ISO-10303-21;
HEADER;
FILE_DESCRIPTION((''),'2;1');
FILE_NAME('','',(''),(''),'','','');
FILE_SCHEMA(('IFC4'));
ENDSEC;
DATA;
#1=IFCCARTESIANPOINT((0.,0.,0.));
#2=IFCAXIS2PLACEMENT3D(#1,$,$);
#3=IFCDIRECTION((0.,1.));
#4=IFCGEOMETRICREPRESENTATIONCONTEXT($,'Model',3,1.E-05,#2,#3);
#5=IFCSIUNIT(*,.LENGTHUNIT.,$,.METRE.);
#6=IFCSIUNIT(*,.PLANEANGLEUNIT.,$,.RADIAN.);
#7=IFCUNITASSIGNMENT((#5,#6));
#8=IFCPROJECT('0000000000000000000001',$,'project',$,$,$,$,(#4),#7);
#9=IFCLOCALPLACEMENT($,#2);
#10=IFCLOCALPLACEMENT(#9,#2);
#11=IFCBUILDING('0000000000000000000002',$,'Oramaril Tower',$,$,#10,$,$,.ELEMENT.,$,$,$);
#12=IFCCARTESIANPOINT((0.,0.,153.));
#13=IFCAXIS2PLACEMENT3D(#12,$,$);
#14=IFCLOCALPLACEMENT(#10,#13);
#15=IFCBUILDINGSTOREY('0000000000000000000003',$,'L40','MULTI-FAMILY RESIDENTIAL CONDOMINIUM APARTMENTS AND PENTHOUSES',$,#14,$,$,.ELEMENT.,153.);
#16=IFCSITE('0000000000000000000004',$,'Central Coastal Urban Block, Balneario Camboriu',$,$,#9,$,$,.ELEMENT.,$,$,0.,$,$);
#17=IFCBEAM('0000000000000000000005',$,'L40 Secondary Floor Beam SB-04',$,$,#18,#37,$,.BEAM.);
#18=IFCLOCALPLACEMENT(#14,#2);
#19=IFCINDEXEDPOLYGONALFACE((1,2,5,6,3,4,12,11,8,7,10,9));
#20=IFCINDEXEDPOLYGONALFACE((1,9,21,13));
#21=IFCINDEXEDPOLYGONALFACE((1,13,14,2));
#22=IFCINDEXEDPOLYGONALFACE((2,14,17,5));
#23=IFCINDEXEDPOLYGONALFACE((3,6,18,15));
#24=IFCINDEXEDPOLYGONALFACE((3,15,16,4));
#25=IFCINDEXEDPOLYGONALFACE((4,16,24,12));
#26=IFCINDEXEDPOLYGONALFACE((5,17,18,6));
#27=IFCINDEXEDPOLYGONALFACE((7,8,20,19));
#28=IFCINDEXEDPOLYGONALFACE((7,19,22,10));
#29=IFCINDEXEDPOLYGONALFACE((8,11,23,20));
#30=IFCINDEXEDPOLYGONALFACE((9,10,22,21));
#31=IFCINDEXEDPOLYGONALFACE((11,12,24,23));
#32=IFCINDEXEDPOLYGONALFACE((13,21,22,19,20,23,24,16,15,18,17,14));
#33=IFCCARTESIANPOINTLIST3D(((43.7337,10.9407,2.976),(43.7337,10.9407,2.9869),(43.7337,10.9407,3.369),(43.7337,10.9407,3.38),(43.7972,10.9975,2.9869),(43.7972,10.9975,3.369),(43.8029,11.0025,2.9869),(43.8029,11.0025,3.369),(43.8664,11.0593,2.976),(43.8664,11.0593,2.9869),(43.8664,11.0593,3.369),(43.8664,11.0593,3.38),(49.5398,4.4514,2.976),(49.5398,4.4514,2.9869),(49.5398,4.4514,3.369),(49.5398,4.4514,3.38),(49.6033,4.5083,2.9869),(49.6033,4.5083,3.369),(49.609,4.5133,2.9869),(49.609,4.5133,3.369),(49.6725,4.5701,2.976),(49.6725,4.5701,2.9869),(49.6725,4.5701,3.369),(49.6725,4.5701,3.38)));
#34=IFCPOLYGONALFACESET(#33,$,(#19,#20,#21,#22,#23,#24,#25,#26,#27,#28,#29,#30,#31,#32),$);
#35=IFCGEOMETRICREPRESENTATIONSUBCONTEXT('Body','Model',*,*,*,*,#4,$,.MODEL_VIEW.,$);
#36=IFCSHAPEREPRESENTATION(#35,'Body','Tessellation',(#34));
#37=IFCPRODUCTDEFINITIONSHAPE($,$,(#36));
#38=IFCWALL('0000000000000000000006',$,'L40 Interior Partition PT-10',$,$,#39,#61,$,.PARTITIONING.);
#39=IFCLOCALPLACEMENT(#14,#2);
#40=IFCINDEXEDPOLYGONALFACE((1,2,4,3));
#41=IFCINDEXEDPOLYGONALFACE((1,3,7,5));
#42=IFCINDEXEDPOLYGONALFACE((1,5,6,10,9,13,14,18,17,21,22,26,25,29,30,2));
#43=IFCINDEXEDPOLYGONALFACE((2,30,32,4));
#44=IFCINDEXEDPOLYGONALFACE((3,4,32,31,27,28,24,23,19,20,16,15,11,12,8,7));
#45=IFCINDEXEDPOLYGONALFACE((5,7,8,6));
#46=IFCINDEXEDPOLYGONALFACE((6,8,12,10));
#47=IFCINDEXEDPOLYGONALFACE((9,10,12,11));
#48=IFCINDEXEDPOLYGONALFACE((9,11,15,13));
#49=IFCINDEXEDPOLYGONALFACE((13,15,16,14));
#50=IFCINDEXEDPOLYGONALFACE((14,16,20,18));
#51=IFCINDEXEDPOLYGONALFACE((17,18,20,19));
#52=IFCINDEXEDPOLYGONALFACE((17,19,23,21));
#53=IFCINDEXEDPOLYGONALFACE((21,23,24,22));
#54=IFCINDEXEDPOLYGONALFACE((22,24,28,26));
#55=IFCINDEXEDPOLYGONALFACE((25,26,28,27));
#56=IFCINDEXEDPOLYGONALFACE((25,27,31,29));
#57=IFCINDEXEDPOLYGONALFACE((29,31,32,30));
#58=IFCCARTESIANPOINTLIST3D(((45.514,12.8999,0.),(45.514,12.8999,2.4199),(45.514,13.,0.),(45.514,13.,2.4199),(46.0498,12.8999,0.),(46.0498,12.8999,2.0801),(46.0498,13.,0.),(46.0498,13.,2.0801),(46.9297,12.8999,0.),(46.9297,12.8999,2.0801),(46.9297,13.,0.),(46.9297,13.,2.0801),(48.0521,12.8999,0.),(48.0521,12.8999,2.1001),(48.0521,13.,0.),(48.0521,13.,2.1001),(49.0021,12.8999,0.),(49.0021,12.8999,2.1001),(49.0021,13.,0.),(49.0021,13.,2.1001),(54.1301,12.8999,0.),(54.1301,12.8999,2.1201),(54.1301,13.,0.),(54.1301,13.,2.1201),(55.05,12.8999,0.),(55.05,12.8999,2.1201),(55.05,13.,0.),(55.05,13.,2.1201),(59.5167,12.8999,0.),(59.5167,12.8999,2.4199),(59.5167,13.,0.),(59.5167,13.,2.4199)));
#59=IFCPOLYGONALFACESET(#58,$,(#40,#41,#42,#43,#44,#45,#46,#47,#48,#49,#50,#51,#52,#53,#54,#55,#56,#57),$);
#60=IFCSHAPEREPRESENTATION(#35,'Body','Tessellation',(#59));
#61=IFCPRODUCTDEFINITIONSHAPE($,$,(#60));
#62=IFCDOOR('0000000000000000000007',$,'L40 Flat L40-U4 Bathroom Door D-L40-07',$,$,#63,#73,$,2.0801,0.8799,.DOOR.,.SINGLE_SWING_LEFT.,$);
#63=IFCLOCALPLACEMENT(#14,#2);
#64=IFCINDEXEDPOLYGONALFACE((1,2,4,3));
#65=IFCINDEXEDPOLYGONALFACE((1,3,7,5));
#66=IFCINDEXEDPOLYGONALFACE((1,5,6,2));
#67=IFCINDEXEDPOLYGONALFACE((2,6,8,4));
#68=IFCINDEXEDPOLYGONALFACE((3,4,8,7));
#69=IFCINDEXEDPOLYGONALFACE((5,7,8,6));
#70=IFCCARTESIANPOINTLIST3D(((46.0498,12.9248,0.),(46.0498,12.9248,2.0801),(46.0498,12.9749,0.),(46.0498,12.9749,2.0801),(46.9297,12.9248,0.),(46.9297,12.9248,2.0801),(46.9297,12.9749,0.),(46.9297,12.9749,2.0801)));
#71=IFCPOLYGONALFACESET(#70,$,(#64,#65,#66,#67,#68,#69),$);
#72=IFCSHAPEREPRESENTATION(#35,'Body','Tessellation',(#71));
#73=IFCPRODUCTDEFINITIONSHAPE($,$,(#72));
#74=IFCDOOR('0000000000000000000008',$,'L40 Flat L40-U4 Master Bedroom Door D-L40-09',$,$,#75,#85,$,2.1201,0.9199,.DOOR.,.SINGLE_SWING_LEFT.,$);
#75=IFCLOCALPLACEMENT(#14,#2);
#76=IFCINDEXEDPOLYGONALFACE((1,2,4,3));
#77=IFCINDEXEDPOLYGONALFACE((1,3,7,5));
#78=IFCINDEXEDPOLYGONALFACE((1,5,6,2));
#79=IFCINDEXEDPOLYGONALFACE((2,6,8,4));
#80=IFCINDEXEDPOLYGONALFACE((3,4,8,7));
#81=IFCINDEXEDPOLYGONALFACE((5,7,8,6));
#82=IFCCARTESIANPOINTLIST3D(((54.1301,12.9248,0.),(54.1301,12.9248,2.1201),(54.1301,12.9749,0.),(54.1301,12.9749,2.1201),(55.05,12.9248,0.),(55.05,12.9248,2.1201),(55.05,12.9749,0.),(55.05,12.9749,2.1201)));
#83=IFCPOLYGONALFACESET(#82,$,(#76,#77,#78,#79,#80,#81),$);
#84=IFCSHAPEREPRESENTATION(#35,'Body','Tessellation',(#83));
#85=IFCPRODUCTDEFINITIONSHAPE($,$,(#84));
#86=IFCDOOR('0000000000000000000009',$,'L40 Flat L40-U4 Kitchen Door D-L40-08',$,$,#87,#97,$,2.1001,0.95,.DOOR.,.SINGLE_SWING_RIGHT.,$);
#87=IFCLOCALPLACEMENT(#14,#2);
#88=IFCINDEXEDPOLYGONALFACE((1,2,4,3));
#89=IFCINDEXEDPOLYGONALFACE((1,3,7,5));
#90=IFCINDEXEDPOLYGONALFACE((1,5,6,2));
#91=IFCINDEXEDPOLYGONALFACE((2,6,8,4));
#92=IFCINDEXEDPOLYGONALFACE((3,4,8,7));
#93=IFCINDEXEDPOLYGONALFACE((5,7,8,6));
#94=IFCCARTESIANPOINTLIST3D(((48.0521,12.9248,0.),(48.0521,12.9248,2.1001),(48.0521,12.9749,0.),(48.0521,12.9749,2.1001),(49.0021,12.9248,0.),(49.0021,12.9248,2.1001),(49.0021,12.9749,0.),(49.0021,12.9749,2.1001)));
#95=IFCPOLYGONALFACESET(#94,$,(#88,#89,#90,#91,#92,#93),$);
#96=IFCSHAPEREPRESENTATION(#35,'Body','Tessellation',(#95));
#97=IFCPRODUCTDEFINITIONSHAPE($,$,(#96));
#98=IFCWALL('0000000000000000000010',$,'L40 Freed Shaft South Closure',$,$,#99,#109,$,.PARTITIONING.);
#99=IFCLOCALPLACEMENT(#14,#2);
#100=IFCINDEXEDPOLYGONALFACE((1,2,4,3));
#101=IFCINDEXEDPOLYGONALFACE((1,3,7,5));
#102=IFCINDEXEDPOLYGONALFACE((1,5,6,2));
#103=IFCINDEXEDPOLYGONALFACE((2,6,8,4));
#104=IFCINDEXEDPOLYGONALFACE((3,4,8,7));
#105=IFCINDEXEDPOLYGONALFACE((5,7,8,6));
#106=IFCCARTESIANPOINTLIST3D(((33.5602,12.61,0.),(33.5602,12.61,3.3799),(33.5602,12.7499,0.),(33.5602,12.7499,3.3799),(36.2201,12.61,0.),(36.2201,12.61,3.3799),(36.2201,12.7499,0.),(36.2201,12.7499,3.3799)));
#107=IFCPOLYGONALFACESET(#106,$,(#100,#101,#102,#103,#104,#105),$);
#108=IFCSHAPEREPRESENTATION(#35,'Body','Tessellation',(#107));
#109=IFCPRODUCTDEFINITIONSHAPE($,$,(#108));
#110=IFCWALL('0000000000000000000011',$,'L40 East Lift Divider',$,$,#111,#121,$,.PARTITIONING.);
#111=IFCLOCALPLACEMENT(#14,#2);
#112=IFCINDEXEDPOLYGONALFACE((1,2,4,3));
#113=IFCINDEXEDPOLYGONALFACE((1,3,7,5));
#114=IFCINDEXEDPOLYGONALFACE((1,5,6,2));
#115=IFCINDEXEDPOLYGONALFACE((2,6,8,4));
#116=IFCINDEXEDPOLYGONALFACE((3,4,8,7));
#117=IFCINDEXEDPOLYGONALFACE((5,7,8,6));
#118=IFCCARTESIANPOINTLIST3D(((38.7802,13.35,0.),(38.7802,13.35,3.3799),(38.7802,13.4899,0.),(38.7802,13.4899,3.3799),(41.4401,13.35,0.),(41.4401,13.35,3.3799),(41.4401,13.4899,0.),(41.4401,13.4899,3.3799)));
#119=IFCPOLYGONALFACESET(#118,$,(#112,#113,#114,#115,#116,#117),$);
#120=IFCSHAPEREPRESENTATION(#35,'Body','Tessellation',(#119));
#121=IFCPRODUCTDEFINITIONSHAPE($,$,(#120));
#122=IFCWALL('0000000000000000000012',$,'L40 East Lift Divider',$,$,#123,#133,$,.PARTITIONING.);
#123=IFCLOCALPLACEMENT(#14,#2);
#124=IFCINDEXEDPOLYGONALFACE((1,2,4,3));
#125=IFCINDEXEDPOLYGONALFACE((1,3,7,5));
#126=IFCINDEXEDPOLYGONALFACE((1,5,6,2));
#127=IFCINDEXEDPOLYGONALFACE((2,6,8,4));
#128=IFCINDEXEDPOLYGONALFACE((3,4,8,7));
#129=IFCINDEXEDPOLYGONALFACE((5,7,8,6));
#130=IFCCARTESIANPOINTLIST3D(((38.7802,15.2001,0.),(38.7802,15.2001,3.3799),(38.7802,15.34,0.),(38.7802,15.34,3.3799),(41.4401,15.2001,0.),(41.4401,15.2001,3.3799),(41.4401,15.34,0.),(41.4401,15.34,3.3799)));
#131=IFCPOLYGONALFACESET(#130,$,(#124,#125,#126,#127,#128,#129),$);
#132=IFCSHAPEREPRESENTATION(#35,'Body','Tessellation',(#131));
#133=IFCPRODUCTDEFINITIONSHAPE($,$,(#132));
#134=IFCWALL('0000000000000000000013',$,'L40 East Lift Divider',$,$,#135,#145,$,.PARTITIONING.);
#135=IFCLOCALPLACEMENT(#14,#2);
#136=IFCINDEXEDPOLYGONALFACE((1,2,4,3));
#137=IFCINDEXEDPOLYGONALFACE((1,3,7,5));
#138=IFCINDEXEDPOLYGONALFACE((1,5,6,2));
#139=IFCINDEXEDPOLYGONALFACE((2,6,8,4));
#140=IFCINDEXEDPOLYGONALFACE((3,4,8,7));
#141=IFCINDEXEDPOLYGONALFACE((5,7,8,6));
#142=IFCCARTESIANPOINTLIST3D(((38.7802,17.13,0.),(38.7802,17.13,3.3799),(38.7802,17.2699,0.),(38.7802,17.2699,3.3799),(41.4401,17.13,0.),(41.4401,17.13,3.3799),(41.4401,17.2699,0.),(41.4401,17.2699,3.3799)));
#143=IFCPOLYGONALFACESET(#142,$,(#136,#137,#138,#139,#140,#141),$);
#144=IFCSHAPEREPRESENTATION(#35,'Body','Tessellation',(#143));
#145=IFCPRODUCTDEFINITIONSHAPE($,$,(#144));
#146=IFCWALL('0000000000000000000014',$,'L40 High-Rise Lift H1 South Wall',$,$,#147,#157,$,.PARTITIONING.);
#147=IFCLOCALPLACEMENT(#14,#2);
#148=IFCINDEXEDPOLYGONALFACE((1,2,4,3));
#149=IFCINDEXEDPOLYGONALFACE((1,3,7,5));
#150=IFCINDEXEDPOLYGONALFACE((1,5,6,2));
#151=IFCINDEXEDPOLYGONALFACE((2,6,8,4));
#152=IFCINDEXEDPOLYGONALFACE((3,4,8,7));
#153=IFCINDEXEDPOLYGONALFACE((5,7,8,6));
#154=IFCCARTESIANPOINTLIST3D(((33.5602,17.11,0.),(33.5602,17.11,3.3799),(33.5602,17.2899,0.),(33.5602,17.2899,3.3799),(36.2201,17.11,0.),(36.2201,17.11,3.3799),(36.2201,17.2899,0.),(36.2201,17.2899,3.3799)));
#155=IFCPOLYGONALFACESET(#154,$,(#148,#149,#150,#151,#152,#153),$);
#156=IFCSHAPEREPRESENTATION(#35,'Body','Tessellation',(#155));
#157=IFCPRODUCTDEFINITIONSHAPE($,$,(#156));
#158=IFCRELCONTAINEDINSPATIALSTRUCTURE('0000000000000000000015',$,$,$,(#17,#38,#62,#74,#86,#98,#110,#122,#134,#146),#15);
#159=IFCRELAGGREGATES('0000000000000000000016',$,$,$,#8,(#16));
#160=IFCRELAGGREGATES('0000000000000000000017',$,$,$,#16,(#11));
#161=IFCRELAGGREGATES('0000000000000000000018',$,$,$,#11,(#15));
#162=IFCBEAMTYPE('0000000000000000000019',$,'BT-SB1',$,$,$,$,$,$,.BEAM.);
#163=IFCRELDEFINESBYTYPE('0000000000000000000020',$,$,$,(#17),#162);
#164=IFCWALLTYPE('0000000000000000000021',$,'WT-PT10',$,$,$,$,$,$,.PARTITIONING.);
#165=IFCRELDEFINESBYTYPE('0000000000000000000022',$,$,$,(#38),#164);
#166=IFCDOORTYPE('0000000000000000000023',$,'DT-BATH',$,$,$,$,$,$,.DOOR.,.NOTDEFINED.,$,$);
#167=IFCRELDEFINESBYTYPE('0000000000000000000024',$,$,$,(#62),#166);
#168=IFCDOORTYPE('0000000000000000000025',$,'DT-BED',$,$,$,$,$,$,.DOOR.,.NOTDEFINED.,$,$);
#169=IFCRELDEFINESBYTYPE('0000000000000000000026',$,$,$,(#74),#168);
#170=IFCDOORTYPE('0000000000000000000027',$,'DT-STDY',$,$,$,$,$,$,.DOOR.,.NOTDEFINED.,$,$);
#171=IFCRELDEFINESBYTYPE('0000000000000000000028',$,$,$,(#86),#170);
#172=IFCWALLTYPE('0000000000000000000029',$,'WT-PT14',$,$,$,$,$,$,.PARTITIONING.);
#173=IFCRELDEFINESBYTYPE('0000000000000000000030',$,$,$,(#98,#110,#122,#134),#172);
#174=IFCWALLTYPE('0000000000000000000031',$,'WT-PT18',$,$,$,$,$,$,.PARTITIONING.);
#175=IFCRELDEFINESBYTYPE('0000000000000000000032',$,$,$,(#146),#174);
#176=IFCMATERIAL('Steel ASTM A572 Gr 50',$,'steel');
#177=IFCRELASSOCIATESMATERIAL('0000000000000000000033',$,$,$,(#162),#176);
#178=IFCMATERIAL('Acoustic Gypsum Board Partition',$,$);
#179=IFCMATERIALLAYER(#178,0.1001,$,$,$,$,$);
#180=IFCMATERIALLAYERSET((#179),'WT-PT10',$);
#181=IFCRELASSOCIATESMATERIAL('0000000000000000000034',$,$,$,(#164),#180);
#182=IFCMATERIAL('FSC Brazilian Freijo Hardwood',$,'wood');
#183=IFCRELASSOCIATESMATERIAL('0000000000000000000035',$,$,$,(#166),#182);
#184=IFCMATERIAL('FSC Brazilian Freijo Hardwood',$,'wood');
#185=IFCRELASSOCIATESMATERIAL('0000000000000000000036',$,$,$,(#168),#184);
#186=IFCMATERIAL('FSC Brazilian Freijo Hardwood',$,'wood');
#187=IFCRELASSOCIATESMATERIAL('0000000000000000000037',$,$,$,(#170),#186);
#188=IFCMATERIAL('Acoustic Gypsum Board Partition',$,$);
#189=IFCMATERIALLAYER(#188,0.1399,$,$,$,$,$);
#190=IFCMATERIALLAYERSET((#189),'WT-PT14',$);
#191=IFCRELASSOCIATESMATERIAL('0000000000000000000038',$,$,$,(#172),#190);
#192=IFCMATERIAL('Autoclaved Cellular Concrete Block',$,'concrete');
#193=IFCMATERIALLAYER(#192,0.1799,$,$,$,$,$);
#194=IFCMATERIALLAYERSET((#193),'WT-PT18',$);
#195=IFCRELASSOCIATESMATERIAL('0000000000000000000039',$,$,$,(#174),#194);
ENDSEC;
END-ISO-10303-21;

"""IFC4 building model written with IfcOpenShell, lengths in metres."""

from ifc_helpers import new_model, si_unit, direction, frame, frame_2d, origin, origin_2d, place, context, subcontext, project, spatial, rectangle, i_section, extrude, material, layer, layer_set, material_profile, profile_set, type_object, element, fill, save


model = new_model("IFC4")

# Units and contexts
model_context = context("Model", 3, precision=1e-05, world=origin(), true_north=direction((0.0, 1.0)))
body_context = subcontext(model_context, "Body", "Model", "MODEL_VIEW")
ifc_project = project(units=[si_unit("LENGTHUNIT", "METRE"), si_unit("PLANEANGLEUNIT", "RADIAN")], contexts=[model_context])

# Site, building, storey
site_placement = place(None, origin())
site = spatial("IfcSite", under=ifc_project, at=site_placement, Name="Central Coastal Urban Block, Balneario Camboriu", CompositionType="ELEMENT", RefElevation=0.0)
building_placement = place(site_placement, origin())
building = spatial("IfcBuilding", under=site, at=building_placement, Name="Oramaril Tower", CompositionType="ELEMENT")
storey_placement = place(building_placement, frame((0.0, 0.0, 153.0)))
storey = spatial("IfcBuildingStorey", under=building, at=storey_placement, Name="L40", Description="MULTI-FAMILY RESIDENTIAL CONDOMINIUM APARTMENTS AND PENTHOUSES", CompositionType="ELEMENT", Elevation=153.0)

# Beam
ifc_material_1 = material(Name="Steel ASTM A572 Gr 50", Category="steel")
ifc_material_profile = material_profile(ifc_material_1, i_section(OverallWidth=0.178, OverallDepth=0.4041, WebThickness=0.0076, FlangeThickness=0.011, at=origin_2d()), Name="W16X36")
ifc_profile_set = profile_set([ifc_material_profile], Name="Steel ASTM A572 Gr 50")
beam_type = type_object("IfcBeamType", Name="BT-SB1", PredefinedType="BEAM", material=ifc_profile_set)
beam_placement = place(storey_placement, frame((43.8, 11.0, 3.178), z_axis=(0.666793, -0.745243, 0.0), x_axis=(0.745243, 0.666793, 0.0)))
element("IfcBeam", 1, at=beam_placement, inside=storey, type_object=beam_type, Name="L40 Secondary Floor Beam SB-04", PredefinedType="BEAM", context=body_context, shape_type="SweptSolid", body=[
    extrude(i_section(OverallWidth=0.178, OverallDepth=0.4041, WebThickness=0.0076, FlangeThickness=0.011, at=origin_2d()), origin(), (0.0, 0.0, 1.0), 8.7075),
])

# Wall, openings, doors
ifc_material_2 = material(Name="Acoustic Gypsum Board Partition")
ifc_layer_1 = layer(ifc_material_2, 0.1001)
ifc_layer_set_1 = layer_set([ifc_layer_1], Name="WT-PT10")
wall_type_1 = type_object("IfcWallType", Name="WT-PT10", PredefinedType="PARTITIONING", material=ifc_layer_set_1)
wall_1_placement = place(storey_placement, frame((45.5139, 12.95, 0.0), z_axis=(0.0, 0.0, 1.0), x_axis=(1.0, 0.0, 0.0)))
wall_1 = element("IfcWall", 2, at=wall_1_placement, inside=storey, type_object=wall_type_1, Name="L40 Interior Partition PT-10", PredefinedType="PARTITIONING", context=body_context, shape_type="SweptSolid", body=[
    extrude(rectangle(XDim=14.0027, YDim=0.1001, at=frame_2d((7.0015, 0.0))), origin(), (0.0, 0.0, 1.0), 2.4199),
])
opening_1_placement = place(wall_1_placement, frame((0.5359, 0.0, 0.0)))
opening_1 = element("IfcOpeningElement", 3, at=opening_1_placement, cuts=wall_1, PredefinedType="OPENING", context=body_context, shape_type="SweptSolid", body=[
    extrude(rectangle(XDim=0.8799, YDim=2.0801, at=frame_2d((0.4399, 1.04))), frame((0.0, 0.05, 0.0), z_axis=(0.0, -1.0, 0.0), x_axis=(1.0, 0.0, 0.0)), (0.0, 0.0, 1.0), 0.1001),
])
opening_2_placement = place(wall_1_placement, frame((2.5381, 0.0, 0.0)))
opening_2 = element("IfcOpeningElement", 4, at=opening_2_placement, cuts=wall_1, PredefinedType="OPENING", context=body_context, shape_type="SweptSolid", body=[
    extrude(rectangle(XDim=0.95, YDim=2.1001, at=frame_2d((0.4751, 1.05))), frame((0.0, 0.05, 0.0), z_axis=(0.0, -1.0, 0.0), x_axis=(1.0, 0.0, 0.0)), (0.0, 0.0, 1.0), 0.1001),
])
opening_3_placement = place(wall_1_placement, frame((8.6162, 0.0, 0.0)))
opening_3 = element("IfcOpeningElement", 5, at=opening_3_placement, cuts=wall_1, PredefinedType="OPENING", context=body_context, shape_type="SweptSolid", body=[
    extrude(rectangle(XDim=0.9199, YDim=2.1201, at=frame_2d((0.46, 1.0601))), frame((0.0, 0.05, 0.0), z_axis=(0.0, -1.0, 0.0), x_axis=(1.0, 0.0, 0.0)), (0.0, 0.0, 1.0), 0.1001),
])
ifc_material_3 = material(Name="FSC Brazilian Freijo Hardwood", Category="wood")
door_type_1 = type_object("IfcDoorType", Name="DT-BATH", OperationType="NOTDEFINED", PredefinedType="DOOR", material=ifc_material_3)
door_1_placement = place(opening_1_placement, origin())
door_1 = element("IfcDoor", 6, at=door_1_placement, inside=storey, type_object=door_type_1, Name="L40 Flat L40-U4 Bathroom Door D-L40-07", OperationType="SINGLE_SWING_LEFT", OverallHeight=2.0801, OverallWidth=0.8799, PredefinedType="DOOR", context=body_context, shape_type="SweptSolid", body=[
    extrude(rectangle(XDim=0.8799, YDim=2.0801, at=frame_2d((0.4399, 1.04))), frame((0.0, 0.0249, 0.0), z_axis=(0.0, -1.0, 0.0), x_axis=(1.0, 0.0, 0.0)), (0.0, 0.0, 1.0), 0.05),
])
fill(opening_1, door_1)
ifc_material_4 = material(Name="FSC Brazilian Freijo Hardwood", Category="wood")
door_type_2 = type_object("IfcDoorType", Name="DT-BED", OperationType="NOTDEFINED", PredefinedType="DOOR", material=ifc_material_4)
door_2_placement = place(opening_3_placement, origin())
door_2 = element("IfcDoor", 7, at=door_2_placement, inside=storey, type_object=door_type_2, Name="L40 Flat L40-U4 Master Bedroom Door D-L40-09", OperationType="SINGLE_SWING_LEFT", OverallHeight=2.1201, OverallWidth=0.9199, PredefinedType="DOOR", context=body_context, shape_type="SweptSolid", body=[
    extrude(rectangle(XDim=0.9199, YDim=2.1201, at=frame_2d((0.46, 1.0601))), frame((0.0, 0.0249, 0.0), z_axis=(0.0, -1.0, 0.0), x_axis=(1.0, 0.0, 0.0)), (0.0, 0.0, 1.0), 0.05),
])
fill(opening_3, door_2)
ifc_material_5 = material(Name="FSC Brazilian Freijo Hardwood", Category="wood")
door_type_3 = type_object("IfcDoorType", Name="DT-STDY", OperationType="NOTDEFINED", PredefinedType="DOOR", material=ifc_material_5)
door_3_placement = place(opening_2_placement, origin())
door_3 = element("IfcDoor", 8, at=door_3_placement, inside=storey, type_object=door_type_3, Name="L40 Flat L40-U4 Kitchen Door D-L40-08", OperationType="SINGLE_SWING_RIGHT", OverallHeight=2.1001, OverallWidth=0.95, PredefinedType="DOOR", context=body_context, shape_type="SweptSolid", body=[
    extrude(rectangle(XDim=0.95, YDim=2.1001, at=frame_2d((0.4751, 1.05))), frame((0.0, 0.0249, 0.0), z_axis=(0.0, -1.0, 0.0), x_axis=(1.0, 0.0, 0.0)), (0.0, 0.0, 1.0), 0.05),
])
fill(opening_2, door_3)

# Walls
ifc_material_6 = material(Name="Acoustic Gypsum Board Partition")
ifc_layer_2 = layer(ifc_material_6, 0.1399)
ifc_layer_set_2 = layer_set([ifc_layer_2], Name="WT-PT14")
wall_type_2 = type_object("IfcWallType", Name="WT-PT14", PredefinedType="PARTITIONING", material=ifc_layer_set_2)
for number, where, z_axis, x_axis, name in (
    (9, (33.5601, 12.6799, 0.0), (0.0, 0.0, 1.0), (1.0, 0.0, 0.0), "L40 Freed Shaft South Closure"),
    (10, (38.78, 13.4199, 0.0), (0.0, 0.0, 1.0), (1.0, 0.0, 0.0), "L40 East Lift Divider"),
    (11, (38.78, 15.27, 0.0), (0.0, 0.0, 1.0), (1.0, 0.0, 0.0), "L40 East Lift Divider"),
    (12, (38.78, 17.2, 0.0), (0.0, 0.0, 1.0), (1.0, 0.0, 0.0), "L40 East Lift Divider"),
):
    element("IfcWall", number, at=place(storey_placement, frame(where, z_axis=z_axis, x_axis=x_axis)), inside=storey, type_object=wall_type_2, Name=name, PredefinedType="PARTITIONING", context=body_context, shape_type="SweptSolid", body=[
        extrude(rectangle(XDim=2.6599, YDim=0.1399, at=frame_2d((1.3301, 0.0))), origin(), (0.0, 0.0, 1.0), 3.3799),
    ])
ifc_material_7 = material(Name="Autoclaved Cellular Concrete Block", Category="concrete")
ifc_layer_3 = layer(ifc_material_7, 0.1799)
ifc_layer_set_3 = layer_set([ifc_layer_3], Name="WT-PT18")
wall_type_3 = type_object("IfcWallType", Name="WT-PT18", PredefinedType="PARTITIONING", material=ifc_layer_set_3)
wall_2_placement = place(storey_placement, frame((33.5601, 17.2, 0.0), z_axis=(0.0, 0.0, 1.0), x_axis=(1.0, 0.0, 0.0)))
element("IfcWall", 13, at=wall_2_placement, inside=storey, type_object=wall_type_3, Name="L40 High-Rise Lift H1 South Wall", PredefinedType="PARTITIONING", context=body_context, shape_type="SweptSolid", body=[
    extrude(rectangle(XDim=2.6599, YDim=0.1799, at=frame_2d((1.3301, 0.0))), origin(), (0.0, 0.0, 1.0), 3.3799),
])

save(model, "model.ifc")
